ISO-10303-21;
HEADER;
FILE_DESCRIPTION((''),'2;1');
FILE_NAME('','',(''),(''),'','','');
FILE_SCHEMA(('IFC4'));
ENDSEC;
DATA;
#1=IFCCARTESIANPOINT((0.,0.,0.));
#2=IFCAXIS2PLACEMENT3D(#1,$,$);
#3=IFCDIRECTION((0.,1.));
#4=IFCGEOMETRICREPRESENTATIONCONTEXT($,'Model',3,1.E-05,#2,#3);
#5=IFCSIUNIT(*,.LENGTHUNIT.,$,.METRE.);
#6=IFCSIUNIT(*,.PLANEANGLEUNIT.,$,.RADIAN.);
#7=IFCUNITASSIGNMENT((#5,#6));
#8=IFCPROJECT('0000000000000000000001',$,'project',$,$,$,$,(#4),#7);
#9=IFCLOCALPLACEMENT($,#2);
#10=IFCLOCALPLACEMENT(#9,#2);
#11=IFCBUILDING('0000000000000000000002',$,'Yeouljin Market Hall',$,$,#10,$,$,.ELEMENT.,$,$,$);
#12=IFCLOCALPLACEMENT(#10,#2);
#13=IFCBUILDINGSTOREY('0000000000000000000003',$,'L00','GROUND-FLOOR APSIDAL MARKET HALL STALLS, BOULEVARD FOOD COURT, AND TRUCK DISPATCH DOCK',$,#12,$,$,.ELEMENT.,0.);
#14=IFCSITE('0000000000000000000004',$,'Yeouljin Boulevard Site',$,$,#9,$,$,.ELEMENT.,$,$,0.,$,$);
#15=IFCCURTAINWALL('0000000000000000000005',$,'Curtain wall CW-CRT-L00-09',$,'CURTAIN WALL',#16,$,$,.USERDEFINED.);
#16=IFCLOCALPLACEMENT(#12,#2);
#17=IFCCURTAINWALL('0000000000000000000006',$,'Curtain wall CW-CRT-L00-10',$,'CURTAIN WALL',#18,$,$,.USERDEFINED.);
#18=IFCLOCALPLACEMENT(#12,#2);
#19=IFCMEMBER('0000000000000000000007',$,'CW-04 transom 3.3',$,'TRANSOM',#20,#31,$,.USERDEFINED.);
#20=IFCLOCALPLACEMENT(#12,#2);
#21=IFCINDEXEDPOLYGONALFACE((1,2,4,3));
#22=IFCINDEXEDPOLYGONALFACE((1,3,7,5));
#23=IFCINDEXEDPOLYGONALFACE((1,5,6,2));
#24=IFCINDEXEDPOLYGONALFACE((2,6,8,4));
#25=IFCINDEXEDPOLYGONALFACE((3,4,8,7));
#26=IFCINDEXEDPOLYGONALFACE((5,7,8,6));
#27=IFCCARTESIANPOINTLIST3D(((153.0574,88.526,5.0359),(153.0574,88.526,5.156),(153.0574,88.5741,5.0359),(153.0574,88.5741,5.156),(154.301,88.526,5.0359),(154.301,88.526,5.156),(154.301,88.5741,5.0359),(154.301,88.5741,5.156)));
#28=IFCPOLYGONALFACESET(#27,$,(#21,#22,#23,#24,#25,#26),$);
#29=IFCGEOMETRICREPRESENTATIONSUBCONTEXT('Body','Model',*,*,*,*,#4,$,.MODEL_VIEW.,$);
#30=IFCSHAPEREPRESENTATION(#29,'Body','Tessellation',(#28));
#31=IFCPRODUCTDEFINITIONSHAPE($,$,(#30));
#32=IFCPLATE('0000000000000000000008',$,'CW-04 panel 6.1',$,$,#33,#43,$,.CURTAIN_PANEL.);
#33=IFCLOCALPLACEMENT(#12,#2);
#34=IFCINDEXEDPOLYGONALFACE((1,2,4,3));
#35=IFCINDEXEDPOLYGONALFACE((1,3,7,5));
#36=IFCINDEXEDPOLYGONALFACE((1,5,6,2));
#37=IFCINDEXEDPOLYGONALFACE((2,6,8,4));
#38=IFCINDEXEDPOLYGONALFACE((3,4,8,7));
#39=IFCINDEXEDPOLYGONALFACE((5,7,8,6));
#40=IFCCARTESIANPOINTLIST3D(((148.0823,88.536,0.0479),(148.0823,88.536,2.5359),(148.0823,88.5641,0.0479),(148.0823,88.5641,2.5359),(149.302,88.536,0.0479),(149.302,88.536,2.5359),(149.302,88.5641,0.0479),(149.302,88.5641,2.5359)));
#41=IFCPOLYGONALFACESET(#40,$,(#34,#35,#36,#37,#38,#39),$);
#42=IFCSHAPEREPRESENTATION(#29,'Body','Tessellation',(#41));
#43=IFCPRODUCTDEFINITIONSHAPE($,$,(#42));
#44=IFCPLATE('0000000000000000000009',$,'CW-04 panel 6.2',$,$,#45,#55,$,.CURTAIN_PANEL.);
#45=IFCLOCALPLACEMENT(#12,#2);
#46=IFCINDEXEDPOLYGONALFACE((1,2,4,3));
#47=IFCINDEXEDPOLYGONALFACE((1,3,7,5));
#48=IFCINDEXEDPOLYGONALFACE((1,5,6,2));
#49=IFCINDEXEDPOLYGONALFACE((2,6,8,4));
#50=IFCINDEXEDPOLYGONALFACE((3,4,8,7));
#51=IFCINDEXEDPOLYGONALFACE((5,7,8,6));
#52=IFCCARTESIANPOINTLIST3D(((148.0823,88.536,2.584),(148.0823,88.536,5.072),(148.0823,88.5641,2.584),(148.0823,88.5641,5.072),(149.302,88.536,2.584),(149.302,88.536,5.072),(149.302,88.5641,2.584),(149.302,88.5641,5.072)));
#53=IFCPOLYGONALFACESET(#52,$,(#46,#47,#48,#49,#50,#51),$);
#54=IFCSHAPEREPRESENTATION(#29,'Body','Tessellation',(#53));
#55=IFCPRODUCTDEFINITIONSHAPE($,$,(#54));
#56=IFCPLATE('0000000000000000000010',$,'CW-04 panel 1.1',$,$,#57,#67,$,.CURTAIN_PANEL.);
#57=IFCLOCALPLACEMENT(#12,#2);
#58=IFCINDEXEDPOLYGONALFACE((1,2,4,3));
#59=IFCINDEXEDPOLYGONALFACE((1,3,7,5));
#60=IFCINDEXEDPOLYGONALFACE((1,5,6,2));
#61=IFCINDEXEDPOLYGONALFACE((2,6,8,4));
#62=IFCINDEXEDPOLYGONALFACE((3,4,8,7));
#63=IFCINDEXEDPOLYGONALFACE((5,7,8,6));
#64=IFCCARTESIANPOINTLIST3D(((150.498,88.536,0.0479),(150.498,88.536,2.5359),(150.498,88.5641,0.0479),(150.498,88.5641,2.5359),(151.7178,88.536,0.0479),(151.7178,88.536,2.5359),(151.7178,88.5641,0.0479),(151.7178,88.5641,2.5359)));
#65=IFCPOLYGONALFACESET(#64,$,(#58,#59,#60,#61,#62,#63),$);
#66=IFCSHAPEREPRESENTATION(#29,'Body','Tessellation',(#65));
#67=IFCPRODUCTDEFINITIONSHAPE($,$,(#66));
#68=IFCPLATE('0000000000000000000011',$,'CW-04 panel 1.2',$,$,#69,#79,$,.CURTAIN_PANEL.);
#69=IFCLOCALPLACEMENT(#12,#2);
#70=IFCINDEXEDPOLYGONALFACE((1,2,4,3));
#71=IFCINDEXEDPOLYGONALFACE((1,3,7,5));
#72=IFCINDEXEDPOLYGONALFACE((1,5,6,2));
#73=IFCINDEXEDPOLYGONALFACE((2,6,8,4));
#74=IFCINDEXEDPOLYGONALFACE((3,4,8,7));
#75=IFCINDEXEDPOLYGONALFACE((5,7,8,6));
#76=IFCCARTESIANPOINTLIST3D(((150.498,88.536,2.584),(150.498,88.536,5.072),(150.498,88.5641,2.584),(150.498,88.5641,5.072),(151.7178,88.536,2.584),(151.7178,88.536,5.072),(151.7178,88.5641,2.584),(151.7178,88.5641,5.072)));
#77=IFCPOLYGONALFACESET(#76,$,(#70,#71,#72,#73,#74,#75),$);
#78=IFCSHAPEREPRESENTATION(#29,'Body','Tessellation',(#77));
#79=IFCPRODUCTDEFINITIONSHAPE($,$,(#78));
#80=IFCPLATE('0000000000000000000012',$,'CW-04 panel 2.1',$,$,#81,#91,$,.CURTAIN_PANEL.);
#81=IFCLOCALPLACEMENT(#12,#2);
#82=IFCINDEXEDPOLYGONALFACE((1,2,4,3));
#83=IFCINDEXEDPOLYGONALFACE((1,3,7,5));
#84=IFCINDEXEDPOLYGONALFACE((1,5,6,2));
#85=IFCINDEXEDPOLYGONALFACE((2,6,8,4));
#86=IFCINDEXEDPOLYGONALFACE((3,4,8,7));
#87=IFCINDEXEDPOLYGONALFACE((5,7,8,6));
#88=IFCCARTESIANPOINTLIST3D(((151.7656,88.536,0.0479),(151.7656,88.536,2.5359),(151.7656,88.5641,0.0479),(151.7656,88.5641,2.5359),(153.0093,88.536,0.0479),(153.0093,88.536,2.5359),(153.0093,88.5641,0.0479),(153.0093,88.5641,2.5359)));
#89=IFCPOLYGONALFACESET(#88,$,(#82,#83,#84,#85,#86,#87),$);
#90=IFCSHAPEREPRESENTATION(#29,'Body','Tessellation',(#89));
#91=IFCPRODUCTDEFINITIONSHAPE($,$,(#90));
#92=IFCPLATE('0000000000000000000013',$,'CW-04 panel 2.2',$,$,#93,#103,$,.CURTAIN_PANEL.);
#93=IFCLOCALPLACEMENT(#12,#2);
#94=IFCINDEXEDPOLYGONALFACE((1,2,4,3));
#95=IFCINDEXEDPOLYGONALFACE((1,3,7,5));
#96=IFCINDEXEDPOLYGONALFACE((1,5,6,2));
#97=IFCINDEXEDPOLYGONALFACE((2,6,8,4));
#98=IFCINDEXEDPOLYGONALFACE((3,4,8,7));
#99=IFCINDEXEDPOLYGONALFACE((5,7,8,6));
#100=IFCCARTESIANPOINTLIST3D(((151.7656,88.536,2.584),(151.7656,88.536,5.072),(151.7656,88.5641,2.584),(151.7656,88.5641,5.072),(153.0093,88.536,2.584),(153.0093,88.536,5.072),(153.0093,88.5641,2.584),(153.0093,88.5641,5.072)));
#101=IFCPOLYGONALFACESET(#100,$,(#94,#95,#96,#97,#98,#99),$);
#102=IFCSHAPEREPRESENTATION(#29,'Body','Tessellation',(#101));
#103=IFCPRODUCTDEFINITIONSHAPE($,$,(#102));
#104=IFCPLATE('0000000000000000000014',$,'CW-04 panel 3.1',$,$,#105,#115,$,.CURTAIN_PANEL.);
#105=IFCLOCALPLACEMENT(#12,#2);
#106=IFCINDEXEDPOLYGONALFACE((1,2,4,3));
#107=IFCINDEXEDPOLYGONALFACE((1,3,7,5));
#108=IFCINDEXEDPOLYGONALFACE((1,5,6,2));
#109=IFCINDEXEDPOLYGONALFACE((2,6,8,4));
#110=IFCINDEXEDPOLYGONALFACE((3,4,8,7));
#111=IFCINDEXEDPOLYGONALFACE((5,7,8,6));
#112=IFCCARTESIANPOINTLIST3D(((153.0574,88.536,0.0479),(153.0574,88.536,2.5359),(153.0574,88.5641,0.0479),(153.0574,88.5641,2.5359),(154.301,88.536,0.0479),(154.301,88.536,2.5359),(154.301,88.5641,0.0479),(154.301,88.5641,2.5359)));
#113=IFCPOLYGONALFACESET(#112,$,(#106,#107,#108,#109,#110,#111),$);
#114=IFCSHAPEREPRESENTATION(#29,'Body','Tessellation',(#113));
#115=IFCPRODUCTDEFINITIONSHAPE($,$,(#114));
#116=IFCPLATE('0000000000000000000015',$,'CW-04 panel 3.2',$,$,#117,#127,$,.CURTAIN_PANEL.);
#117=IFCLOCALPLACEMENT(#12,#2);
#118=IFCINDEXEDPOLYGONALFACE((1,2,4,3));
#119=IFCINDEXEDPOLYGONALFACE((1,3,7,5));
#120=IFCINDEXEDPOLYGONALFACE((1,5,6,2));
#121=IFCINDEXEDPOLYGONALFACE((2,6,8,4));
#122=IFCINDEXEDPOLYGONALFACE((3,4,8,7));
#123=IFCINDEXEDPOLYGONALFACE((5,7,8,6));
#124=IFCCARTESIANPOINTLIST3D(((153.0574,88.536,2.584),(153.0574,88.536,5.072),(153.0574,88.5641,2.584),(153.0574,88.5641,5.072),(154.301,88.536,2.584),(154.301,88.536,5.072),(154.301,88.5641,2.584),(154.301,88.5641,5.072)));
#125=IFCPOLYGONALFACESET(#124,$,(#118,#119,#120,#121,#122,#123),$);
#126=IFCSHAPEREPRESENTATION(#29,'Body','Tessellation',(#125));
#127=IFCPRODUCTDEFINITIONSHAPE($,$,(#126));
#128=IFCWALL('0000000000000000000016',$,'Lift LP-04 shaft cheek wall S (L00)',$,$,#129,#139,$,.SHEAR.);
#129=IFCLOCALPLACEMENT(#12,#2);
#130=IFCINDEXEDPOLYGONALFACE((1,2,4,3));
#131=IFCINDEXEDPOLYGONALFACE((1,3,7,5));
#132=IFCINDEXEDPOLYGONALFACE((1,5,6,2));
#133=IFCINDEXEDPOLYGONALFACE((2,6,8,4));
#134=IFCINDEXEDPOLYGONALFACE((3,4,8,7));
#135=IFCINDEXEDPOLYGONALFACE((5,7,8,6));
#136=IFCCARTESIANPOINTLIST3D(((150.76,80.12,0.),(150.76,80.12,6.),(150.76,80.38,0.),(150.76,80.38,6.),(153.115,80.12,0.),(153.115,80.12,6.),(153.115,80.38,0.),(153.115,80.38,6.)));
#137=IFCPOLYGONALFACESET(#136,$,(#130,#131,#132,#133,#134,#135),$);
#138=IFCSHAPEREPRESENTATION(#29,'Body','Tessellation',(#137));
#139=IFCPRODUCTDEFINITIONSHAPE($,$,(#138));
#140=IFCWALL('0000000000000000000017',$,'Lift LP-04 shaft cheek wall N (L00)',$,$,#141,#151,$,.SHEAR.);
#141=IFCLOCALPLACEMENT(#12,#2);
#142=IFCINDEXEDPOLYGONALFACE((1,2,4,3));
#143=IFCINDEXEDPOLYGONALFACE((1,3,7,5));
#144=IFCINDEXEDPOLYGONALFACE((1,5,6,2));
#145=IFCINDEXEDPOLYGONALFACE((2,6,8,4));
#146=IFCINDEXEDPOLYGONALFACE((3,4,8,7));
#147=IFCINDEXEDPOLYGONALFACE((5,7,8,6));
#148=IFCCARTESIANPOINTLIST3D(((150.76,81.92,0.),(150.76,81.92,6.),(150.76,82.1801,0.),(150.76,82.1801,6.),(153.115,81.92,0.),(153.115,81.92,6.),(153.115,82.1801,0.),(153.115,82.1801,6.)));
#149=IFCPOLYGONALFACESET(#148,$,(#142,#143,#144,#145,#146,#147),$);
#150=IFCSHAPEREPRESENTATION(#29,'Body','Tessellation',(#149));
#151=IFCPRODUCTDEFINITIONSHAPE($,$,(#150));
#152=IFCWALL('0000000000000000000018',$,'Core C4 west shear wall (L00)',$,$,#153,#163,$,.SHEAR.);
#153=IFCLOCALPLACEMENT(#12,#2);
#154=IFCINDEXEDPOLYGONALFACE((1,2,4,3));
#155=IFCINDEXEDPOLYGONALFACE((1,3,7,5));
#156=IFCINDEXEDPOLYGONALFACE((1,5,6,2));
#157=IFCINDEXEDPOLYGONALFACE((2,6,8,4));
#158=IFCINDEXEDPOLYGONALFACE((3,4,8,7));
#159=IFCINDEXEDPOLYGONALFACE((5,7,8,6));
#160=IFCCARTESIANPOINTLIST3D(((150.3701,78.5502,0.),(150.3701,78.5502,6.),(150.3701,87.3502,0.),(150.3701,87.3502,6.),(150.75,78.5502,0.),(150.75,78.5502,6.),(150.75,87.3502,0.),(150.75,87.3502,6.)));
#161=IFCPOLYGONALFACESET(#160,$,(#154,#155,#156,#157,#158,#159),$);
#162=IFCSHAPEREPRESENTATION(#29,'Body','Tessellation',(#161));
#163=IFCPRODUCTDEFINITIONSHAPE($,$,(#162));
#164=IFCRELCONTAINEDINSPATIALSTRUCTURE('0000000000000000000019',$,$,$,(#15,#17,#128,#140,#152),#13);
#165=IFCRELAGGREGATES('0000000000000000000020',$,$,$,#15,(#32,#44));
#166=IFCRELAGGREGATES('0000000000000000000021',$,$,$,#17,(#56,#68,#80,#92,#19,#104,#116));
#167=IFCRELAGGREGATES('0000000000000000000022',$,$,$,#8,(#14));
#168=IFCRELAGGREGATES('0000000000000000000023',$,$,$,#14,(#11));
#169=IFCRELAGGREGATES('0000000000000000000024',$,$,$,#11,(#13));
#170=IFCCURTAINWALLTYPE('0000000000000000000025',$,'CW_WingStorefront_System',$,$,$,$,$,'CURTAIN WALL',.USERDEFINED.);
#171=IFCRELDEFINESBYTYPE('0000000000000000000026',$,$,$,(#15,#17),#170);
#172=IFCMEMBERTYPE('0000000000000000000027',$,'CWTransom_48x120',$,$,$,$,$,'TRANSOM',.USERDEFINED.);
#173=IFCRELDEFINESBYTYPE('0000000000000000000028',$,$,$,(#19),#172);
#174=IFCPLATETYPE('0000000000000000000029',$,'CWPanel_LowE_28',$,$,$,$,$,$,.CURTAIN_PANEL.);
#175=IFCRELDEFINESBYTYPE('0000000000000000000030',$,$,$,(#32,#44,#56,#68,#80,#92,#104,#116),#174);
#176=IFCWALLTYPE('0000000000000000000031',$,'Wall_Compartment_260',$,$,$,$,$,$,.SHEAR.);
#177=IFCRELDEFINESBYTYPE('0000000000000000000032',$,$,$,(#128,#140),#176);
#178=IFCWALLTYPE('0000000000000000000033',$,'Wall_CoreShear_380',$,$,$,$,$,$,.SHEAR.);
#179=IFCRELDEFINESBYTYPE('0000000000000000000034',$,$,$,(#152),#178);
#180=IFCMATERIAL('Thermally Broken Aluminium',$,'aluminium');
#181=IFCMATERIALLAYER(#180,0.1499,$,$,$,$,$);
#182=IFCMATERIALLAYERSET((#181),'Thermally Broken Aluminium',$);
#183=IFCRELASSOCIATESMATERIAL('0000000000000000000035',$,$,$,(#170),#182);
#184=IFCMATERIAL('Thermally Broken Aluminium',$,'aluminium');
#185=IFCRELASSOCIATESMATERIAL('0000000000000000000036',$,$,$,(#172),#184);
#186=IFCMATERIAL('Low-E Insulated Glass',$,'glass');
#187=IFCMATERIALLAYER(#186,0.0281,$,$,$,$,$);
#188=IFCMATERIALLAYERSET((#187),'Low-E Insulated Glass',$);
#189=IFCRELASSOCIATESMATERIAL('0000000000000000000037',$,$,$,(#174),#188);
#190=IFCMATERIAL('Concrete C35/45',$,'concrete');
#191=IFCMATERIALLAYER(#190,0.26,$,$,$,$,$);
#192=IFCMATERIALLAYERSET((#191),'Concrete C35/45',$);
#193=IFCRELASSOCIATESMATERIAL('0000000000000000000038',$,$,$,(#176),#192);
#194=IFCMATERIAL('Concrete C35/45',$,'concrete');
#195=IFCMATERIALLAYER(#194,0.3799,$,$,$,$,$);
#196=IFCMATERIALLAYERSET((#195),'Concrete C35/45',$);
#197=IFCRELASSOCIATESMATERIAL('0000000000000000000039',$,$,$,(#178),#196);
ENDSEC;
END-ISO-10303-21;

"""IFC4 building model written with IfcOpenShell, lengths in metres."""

from ifc_helpers import new_model, si_unit, direction, frame, frame_2d, origin, origin_2d, place, context, subcontext, project, spatial, rectangle, extrude, material, layer, layer_set, material_profile, profile_set, type_object, element, aggregate, save


model = new_model("IFC4")

# Units and contexts
model_context = context("Model", 3, precision=1e-05, world=origin(), true_north=direction((0.0, 1.0)))
body_context = subcontext(model_context, "Body", "Model", "MODEL_VIEW")
ifc_project = project(units=[si_unit("LENGTHUNIT", "METRE"), si_unit("PLANEANGLEUNIT", "RADIAN")], contexts=[model_context])

# Site, building, storey
site_placement = place(None, origin())
site = spatial("IfcSite", under=ifc_project, at=site_placement, Name="Yeouljin Boulevard Site", CompositionType="ELEMENT", RefElevation=0.0)
building_placement = place(site_placement, origin())
building = spatial("IfcBuilding", under=site, at=building_placement, Name="Yeouljin Market Hall", CompositionType="ELEMENT")
storey_placement = place(building_placement, origin())
storey = spatial("IfcBuildingStorey", under=building, at=storey_placement, Name="L00", Description="GROUND-FLOOR APSIDAL MARKET HALL STALLS, BOULEVARD FOOD COURT, AND TRUCK DISPATCH DOCK", CompositionType="ELEMENT", Elevation=0.0)

# Curtain wall
ifc_material_1 = material(Name="Thermally Broken Aluminium", Category="aluminium")
ifc_layer_1 = layer(ifc_material_1, 0.1499)
ifc_layer_set_1 = layer_set([ifc_layer_1], Name="Thermally Broken Aluminium")
curtain_wall_type = type_object("IfcCurtainWallType", Name="CW_WingStorefront_System", ElementType="CURTAIN WALL", PredefinedType="USERDEFINED", material=ifc_layer_set_1)
curtain_wall_1_placement = place(storey_placement, origin())
curtain_wall_1 = element("IfcCurtainWall", 1, at=curtain_wall_1_placement, inside=storey, type_object=curtain_wall_type, Name="Curtain wall CW-CRT-L00-09", ObjectType="CURTAIN WALL", PredefinedType="USERDEFINED")

# Curtain wall
curtain_wall_2_placement = place(storey_placement, origin())
curtain_wall_2 = element("IfcCurtainWall", 2, at=curtain_wall_2_placement, inside=storey, type_object=curtain_wall_type, Name="Curtain wall CW-CRT-L00-10", ObjectType="CURTAIN WALL", PredefinedType="USERDEFINED")

# Member
ifc_material_2 = material(Name="Thermally Broken Aluminium", Category="aluminium")
ifc_material_profile_1 = material_profile(ifc_material_2, rectangle(XDim=0.0481, YDim=0.1201, at=origin_2d()), Name="CW-TRAN-48x120")
ifc_profile_set_1 = profile_set([ifc_material_profile_1], Name="Thermally Broken Aluminium")
member_type_1 = type_object("IfcMemberType", Name="CWTransom_48x120", ElementType="TRANSOM", PredefinedType="USERDEFINED", material=ifc_profile_set_1)
member_1_placement = place(storey_placement, frame((153.0574, 88.55, 5.0959), z_axis=(1.0, 0.0, 0.0), x_axis=(0.0, 1.0, 0.0)))
member_1 = element("IfcMember", 3, at=member_1_placement, type_object=member_type_1, Name="CW-04 transom 3.3", ObjectType="TRANSOM", PredefinedType="USERDEFINED", context=body_context, shape_type="SweptSolid", body=[
    extrude(rectangle(XDim=0.0481, YDim=0.1201, at=origin_2d()), origin(), (0.0, 0.0, 1.0), 1.2437),
])

# Plates
ifc_material_3 = material(Name="Low-E Insulated Glass", Category="glass")
ifc_layer_2 = layer(ifc_material_3, 0.0281)
ifc_layer_set_2 = layer_set([ifc_layer_2], Name="Low-E Insulated Glass")
plate_type = type_object("IfcPlateType", Name="CWPanel_LowE_28", PredefinedType="CURTAIN_PANEL", material=ifc_layer_set_2)
plate_1_placement = place(storey_placement, frame((148.6921, 88.55, 0.0479), z_axis=(0.0, 0.0, 1.0), x_axis=(1.0, 0.0, 0.0)))
plate_1 = element("IfcPlate", 4, at=plate_1_placement, type_object=plate_type, Name="CW-04 panel 6.1", PredefinedType="CURTAIN_PANEL", context=body_context, shape_type="SweptSolid", body=[
    extrude(rectangle(XDim=1.2197, YDim=0.0281, at=origin_2d()), origin(), (0.0, 0.0, 1.0), 2.488),
])
plate_2_placement = place(storey_placement, frame((148.6921, 88.55, 2.584), z_axis=(0.0, 0.0, 1.0), x_axis=(1.0, 0.0, 0.0)))
plate_2 = element("IfcPlate", 5, at=plate_2_placement, type_object=plate_type, Name="CW-04 panel 6.2", PredefinedType="CURTAIN_PANEL", context=body_context, shape_type="SweptSolid", body=[
    extrude(rectangle(XDim=1.2197, YDim=0.0281, at=origin_2d()), origin(), (0.0, 0.0, 1.0), 2.488),
])
aggregate(curtain_wall_1, [plate_1, plate_2])
plate_3_placement = place(storey_placement, frame((151.1079, 88.55, 0.0479), z_axis=(0.0, 0.0, 1.0), x_axis=(1.0, 0.0, 0.0)))
plate_3 = element("IfcPlate", 6, at=plate_3_placement, type_object=plate_type, Name="CW-04 panel 1.1", PredefinedType="CURTAIN_PANEL", context=body_context, shape_type="SweptSolid", body=[
    extrude(rectangle(XDim=1.2197, YDim=0.0281, at=origin_2d()), origin(), (0.0, 0.0, 1.0), 2.488),
])
plate_4_placement = place(storey_placement, frame((151.1079, 88.55, 2.584), z_axis=(0.0, 0.0, 1.0), x_axis=(1.0, 0.0, 0.0)))
plate_4 = element("IfcPlate", 7, at=plate_4_placement, type_object=plate_type, Name="CW-04 panel 1.2", PredefinedType="CURTAIN_PANEL", context=body_context, shape_type="SweptSolid", body=[
    extrude(rectangle(XDim=1.2197, YDim=0.0281, at=origin_2d()), origin(), (0.0, 0.0, 1.0), 2.488),
])
plate_5_placement = place(storey_placement, frame((152.3875, 88.55, 0.0479), z_axis=(0.0, 0.0, 1.0), x_axis=(1.0, 0.0, 0.0)))
plate_5 = element("IfcPlate", 8, at=plate_5_placement, type_object=plate_type, Name="CW-04 panel 2.1", PredefinedType="CURTAIN_PANEL", context=body_context, shape_type="SweptSolid", body=[
    extrude(rectangle(XDim=1.2437, YDim=0.0281, at=origin_2d()), origin(), (0.0, 0.0, 1.0), 2.488),
])
plate_6_placement = place(storey_placement, frame((152.3875, 88.55, 2.584), z_axis=(0.0, 0.0, 1.0), x_axis=(1.0, 0.0, 0.0)))
plate_6 = element("IfcPlate", 9, at=plate_6_placement, type_object=plate_type, Name="CW-04 panel 2.2", PredefinedType="CURTAIN_PANEL", context=body_context, shape_type="SweptSolid", body=[
    extrude(rectangle(XDim=1.2437, YDim=0.0281, at=origin_2d()), origin(), (0.0, 0.0, 1.0), 2.488),
])
plate_7_placement = place(storey_placement, frame((153.6792, 88.55, 0.0479), z_axis=(0.0, 0.0, 1.0), x_axis=(1.0, 0.0, 0.0)))
plate_7 = element("IfcPlate", 10, at=plate_7_placement, type_object=plate_type, Name="CW-04 panel 3.1", PredefinedType="CURTAIN_PANEL", context=body_context, shape_type="SweptSolid", body=[
    extrude(rectangle(XDim=1.2437, YDim=0.0281, at=origin_2d()), origin(), (0.0, 0.0, 1.0), 2.488),
])
plate_8_placement = place(storey_placement, frame((153.6792, 88.55, 2.584), z_axis=(0.0, 0.0, 1.0), x_axis=(1.0, 0.0, 0.0)))
plate_8 = element("IfcPlate", 11, at=plate_8_placement, type_object=plate_type, Name="CW-04 panel 3.2", PredefinedType="CURTAIN_PANEL", context=body_context, shape_type="SweptSolid", body=[
    extrude(rectangle(XDim=1.2437, YDim=0.0281, at=origin_2d()), origin(), (0.0, 0.0, 1.0), 2.488),
])
aggregate(curtain_wall_2, [plate_3, plate_4, plate_5, plate_6, member_1, plate_7, plate_8])

# Shared definitions
ifc_material_4 = material(Name="Concrete C35/45", Category="concrete")
ifc_layer_3 = layer(ifc_material_4, 0.26)
ifc_layer_set_3 = layer_set([ifc_layer_3], Name="Concrete C35/45")
wall_type_1 = type_object("IfcWallType", Name="Wall_Compartment_260", PredefinedType="SHEAR", material=ifc_layer_set_3)

# Walls
for number, where, z_axis, x_axis, name in (
    (12, (150.76, 80.25, 0.0), (0.0, 0.0, 1.0), (1.0, 0.0, 0.0), "Lift LP-04 shaft cheek wall S (L00)"),
    (13, (150.76, 82.05, 0.0), (0.0, 0.0, 1.0), (1.0, 0.0, 0.0), "Lift LP-04 shaft cheek wall N (L00)"),
):
    element("IfcWall", number, at=place(storey_placement, frame(where, z_axis=z_axis, x_axis=x_axis)), inside=storey, type_object=wall_type_1, Name=name, PredefinedType="SHEAR", context=body_context, shape_type="SweptSolid", body=[
        extrude(rectangle(XDim=2.355, YDim=0.26, at=frame_2d((1.1775, 0.0))), origin(), (0.0, 0.0, 1.0), 6.0),
    ])
ifc_material_5 = material(Name="Concrete C35/45", Category="concrete")
ifc_layer_4 = layer(ifc_material_5, 0.3799)
ifc_layer_set_4 = layer_set([ifc_layer_4], Name="Concrete C35/45")
wall_type_2 = type_object("IfcWallType", Name="Wall_CoreShear_380", PredefinedType="SHEAR", material=ifc_layer_set_4)
wall_1_placement = place(storey_placement, frame((150.5601, 87.3501, 0.0), z_axis=(0.0, 0.0, 1.0), x_axis=(0.0, -1.0, 0.0)))
element("IfcWall", 14, at=wall_1_placement, inside=storey, type_object=wall_type_2, Name="Core C4 west shear wall (L00)", PredefinedType="SHEAR", context=body_context, shape_type="SweptSolid", body=[
    extrude(rectangle(XDim=8.8, YDim=0.3799, at=frame_2d((4.3999, 0.0))), origin(), (0.0, 0.0, 1.0), 6.0),
])

save(model, "model.ifc")
